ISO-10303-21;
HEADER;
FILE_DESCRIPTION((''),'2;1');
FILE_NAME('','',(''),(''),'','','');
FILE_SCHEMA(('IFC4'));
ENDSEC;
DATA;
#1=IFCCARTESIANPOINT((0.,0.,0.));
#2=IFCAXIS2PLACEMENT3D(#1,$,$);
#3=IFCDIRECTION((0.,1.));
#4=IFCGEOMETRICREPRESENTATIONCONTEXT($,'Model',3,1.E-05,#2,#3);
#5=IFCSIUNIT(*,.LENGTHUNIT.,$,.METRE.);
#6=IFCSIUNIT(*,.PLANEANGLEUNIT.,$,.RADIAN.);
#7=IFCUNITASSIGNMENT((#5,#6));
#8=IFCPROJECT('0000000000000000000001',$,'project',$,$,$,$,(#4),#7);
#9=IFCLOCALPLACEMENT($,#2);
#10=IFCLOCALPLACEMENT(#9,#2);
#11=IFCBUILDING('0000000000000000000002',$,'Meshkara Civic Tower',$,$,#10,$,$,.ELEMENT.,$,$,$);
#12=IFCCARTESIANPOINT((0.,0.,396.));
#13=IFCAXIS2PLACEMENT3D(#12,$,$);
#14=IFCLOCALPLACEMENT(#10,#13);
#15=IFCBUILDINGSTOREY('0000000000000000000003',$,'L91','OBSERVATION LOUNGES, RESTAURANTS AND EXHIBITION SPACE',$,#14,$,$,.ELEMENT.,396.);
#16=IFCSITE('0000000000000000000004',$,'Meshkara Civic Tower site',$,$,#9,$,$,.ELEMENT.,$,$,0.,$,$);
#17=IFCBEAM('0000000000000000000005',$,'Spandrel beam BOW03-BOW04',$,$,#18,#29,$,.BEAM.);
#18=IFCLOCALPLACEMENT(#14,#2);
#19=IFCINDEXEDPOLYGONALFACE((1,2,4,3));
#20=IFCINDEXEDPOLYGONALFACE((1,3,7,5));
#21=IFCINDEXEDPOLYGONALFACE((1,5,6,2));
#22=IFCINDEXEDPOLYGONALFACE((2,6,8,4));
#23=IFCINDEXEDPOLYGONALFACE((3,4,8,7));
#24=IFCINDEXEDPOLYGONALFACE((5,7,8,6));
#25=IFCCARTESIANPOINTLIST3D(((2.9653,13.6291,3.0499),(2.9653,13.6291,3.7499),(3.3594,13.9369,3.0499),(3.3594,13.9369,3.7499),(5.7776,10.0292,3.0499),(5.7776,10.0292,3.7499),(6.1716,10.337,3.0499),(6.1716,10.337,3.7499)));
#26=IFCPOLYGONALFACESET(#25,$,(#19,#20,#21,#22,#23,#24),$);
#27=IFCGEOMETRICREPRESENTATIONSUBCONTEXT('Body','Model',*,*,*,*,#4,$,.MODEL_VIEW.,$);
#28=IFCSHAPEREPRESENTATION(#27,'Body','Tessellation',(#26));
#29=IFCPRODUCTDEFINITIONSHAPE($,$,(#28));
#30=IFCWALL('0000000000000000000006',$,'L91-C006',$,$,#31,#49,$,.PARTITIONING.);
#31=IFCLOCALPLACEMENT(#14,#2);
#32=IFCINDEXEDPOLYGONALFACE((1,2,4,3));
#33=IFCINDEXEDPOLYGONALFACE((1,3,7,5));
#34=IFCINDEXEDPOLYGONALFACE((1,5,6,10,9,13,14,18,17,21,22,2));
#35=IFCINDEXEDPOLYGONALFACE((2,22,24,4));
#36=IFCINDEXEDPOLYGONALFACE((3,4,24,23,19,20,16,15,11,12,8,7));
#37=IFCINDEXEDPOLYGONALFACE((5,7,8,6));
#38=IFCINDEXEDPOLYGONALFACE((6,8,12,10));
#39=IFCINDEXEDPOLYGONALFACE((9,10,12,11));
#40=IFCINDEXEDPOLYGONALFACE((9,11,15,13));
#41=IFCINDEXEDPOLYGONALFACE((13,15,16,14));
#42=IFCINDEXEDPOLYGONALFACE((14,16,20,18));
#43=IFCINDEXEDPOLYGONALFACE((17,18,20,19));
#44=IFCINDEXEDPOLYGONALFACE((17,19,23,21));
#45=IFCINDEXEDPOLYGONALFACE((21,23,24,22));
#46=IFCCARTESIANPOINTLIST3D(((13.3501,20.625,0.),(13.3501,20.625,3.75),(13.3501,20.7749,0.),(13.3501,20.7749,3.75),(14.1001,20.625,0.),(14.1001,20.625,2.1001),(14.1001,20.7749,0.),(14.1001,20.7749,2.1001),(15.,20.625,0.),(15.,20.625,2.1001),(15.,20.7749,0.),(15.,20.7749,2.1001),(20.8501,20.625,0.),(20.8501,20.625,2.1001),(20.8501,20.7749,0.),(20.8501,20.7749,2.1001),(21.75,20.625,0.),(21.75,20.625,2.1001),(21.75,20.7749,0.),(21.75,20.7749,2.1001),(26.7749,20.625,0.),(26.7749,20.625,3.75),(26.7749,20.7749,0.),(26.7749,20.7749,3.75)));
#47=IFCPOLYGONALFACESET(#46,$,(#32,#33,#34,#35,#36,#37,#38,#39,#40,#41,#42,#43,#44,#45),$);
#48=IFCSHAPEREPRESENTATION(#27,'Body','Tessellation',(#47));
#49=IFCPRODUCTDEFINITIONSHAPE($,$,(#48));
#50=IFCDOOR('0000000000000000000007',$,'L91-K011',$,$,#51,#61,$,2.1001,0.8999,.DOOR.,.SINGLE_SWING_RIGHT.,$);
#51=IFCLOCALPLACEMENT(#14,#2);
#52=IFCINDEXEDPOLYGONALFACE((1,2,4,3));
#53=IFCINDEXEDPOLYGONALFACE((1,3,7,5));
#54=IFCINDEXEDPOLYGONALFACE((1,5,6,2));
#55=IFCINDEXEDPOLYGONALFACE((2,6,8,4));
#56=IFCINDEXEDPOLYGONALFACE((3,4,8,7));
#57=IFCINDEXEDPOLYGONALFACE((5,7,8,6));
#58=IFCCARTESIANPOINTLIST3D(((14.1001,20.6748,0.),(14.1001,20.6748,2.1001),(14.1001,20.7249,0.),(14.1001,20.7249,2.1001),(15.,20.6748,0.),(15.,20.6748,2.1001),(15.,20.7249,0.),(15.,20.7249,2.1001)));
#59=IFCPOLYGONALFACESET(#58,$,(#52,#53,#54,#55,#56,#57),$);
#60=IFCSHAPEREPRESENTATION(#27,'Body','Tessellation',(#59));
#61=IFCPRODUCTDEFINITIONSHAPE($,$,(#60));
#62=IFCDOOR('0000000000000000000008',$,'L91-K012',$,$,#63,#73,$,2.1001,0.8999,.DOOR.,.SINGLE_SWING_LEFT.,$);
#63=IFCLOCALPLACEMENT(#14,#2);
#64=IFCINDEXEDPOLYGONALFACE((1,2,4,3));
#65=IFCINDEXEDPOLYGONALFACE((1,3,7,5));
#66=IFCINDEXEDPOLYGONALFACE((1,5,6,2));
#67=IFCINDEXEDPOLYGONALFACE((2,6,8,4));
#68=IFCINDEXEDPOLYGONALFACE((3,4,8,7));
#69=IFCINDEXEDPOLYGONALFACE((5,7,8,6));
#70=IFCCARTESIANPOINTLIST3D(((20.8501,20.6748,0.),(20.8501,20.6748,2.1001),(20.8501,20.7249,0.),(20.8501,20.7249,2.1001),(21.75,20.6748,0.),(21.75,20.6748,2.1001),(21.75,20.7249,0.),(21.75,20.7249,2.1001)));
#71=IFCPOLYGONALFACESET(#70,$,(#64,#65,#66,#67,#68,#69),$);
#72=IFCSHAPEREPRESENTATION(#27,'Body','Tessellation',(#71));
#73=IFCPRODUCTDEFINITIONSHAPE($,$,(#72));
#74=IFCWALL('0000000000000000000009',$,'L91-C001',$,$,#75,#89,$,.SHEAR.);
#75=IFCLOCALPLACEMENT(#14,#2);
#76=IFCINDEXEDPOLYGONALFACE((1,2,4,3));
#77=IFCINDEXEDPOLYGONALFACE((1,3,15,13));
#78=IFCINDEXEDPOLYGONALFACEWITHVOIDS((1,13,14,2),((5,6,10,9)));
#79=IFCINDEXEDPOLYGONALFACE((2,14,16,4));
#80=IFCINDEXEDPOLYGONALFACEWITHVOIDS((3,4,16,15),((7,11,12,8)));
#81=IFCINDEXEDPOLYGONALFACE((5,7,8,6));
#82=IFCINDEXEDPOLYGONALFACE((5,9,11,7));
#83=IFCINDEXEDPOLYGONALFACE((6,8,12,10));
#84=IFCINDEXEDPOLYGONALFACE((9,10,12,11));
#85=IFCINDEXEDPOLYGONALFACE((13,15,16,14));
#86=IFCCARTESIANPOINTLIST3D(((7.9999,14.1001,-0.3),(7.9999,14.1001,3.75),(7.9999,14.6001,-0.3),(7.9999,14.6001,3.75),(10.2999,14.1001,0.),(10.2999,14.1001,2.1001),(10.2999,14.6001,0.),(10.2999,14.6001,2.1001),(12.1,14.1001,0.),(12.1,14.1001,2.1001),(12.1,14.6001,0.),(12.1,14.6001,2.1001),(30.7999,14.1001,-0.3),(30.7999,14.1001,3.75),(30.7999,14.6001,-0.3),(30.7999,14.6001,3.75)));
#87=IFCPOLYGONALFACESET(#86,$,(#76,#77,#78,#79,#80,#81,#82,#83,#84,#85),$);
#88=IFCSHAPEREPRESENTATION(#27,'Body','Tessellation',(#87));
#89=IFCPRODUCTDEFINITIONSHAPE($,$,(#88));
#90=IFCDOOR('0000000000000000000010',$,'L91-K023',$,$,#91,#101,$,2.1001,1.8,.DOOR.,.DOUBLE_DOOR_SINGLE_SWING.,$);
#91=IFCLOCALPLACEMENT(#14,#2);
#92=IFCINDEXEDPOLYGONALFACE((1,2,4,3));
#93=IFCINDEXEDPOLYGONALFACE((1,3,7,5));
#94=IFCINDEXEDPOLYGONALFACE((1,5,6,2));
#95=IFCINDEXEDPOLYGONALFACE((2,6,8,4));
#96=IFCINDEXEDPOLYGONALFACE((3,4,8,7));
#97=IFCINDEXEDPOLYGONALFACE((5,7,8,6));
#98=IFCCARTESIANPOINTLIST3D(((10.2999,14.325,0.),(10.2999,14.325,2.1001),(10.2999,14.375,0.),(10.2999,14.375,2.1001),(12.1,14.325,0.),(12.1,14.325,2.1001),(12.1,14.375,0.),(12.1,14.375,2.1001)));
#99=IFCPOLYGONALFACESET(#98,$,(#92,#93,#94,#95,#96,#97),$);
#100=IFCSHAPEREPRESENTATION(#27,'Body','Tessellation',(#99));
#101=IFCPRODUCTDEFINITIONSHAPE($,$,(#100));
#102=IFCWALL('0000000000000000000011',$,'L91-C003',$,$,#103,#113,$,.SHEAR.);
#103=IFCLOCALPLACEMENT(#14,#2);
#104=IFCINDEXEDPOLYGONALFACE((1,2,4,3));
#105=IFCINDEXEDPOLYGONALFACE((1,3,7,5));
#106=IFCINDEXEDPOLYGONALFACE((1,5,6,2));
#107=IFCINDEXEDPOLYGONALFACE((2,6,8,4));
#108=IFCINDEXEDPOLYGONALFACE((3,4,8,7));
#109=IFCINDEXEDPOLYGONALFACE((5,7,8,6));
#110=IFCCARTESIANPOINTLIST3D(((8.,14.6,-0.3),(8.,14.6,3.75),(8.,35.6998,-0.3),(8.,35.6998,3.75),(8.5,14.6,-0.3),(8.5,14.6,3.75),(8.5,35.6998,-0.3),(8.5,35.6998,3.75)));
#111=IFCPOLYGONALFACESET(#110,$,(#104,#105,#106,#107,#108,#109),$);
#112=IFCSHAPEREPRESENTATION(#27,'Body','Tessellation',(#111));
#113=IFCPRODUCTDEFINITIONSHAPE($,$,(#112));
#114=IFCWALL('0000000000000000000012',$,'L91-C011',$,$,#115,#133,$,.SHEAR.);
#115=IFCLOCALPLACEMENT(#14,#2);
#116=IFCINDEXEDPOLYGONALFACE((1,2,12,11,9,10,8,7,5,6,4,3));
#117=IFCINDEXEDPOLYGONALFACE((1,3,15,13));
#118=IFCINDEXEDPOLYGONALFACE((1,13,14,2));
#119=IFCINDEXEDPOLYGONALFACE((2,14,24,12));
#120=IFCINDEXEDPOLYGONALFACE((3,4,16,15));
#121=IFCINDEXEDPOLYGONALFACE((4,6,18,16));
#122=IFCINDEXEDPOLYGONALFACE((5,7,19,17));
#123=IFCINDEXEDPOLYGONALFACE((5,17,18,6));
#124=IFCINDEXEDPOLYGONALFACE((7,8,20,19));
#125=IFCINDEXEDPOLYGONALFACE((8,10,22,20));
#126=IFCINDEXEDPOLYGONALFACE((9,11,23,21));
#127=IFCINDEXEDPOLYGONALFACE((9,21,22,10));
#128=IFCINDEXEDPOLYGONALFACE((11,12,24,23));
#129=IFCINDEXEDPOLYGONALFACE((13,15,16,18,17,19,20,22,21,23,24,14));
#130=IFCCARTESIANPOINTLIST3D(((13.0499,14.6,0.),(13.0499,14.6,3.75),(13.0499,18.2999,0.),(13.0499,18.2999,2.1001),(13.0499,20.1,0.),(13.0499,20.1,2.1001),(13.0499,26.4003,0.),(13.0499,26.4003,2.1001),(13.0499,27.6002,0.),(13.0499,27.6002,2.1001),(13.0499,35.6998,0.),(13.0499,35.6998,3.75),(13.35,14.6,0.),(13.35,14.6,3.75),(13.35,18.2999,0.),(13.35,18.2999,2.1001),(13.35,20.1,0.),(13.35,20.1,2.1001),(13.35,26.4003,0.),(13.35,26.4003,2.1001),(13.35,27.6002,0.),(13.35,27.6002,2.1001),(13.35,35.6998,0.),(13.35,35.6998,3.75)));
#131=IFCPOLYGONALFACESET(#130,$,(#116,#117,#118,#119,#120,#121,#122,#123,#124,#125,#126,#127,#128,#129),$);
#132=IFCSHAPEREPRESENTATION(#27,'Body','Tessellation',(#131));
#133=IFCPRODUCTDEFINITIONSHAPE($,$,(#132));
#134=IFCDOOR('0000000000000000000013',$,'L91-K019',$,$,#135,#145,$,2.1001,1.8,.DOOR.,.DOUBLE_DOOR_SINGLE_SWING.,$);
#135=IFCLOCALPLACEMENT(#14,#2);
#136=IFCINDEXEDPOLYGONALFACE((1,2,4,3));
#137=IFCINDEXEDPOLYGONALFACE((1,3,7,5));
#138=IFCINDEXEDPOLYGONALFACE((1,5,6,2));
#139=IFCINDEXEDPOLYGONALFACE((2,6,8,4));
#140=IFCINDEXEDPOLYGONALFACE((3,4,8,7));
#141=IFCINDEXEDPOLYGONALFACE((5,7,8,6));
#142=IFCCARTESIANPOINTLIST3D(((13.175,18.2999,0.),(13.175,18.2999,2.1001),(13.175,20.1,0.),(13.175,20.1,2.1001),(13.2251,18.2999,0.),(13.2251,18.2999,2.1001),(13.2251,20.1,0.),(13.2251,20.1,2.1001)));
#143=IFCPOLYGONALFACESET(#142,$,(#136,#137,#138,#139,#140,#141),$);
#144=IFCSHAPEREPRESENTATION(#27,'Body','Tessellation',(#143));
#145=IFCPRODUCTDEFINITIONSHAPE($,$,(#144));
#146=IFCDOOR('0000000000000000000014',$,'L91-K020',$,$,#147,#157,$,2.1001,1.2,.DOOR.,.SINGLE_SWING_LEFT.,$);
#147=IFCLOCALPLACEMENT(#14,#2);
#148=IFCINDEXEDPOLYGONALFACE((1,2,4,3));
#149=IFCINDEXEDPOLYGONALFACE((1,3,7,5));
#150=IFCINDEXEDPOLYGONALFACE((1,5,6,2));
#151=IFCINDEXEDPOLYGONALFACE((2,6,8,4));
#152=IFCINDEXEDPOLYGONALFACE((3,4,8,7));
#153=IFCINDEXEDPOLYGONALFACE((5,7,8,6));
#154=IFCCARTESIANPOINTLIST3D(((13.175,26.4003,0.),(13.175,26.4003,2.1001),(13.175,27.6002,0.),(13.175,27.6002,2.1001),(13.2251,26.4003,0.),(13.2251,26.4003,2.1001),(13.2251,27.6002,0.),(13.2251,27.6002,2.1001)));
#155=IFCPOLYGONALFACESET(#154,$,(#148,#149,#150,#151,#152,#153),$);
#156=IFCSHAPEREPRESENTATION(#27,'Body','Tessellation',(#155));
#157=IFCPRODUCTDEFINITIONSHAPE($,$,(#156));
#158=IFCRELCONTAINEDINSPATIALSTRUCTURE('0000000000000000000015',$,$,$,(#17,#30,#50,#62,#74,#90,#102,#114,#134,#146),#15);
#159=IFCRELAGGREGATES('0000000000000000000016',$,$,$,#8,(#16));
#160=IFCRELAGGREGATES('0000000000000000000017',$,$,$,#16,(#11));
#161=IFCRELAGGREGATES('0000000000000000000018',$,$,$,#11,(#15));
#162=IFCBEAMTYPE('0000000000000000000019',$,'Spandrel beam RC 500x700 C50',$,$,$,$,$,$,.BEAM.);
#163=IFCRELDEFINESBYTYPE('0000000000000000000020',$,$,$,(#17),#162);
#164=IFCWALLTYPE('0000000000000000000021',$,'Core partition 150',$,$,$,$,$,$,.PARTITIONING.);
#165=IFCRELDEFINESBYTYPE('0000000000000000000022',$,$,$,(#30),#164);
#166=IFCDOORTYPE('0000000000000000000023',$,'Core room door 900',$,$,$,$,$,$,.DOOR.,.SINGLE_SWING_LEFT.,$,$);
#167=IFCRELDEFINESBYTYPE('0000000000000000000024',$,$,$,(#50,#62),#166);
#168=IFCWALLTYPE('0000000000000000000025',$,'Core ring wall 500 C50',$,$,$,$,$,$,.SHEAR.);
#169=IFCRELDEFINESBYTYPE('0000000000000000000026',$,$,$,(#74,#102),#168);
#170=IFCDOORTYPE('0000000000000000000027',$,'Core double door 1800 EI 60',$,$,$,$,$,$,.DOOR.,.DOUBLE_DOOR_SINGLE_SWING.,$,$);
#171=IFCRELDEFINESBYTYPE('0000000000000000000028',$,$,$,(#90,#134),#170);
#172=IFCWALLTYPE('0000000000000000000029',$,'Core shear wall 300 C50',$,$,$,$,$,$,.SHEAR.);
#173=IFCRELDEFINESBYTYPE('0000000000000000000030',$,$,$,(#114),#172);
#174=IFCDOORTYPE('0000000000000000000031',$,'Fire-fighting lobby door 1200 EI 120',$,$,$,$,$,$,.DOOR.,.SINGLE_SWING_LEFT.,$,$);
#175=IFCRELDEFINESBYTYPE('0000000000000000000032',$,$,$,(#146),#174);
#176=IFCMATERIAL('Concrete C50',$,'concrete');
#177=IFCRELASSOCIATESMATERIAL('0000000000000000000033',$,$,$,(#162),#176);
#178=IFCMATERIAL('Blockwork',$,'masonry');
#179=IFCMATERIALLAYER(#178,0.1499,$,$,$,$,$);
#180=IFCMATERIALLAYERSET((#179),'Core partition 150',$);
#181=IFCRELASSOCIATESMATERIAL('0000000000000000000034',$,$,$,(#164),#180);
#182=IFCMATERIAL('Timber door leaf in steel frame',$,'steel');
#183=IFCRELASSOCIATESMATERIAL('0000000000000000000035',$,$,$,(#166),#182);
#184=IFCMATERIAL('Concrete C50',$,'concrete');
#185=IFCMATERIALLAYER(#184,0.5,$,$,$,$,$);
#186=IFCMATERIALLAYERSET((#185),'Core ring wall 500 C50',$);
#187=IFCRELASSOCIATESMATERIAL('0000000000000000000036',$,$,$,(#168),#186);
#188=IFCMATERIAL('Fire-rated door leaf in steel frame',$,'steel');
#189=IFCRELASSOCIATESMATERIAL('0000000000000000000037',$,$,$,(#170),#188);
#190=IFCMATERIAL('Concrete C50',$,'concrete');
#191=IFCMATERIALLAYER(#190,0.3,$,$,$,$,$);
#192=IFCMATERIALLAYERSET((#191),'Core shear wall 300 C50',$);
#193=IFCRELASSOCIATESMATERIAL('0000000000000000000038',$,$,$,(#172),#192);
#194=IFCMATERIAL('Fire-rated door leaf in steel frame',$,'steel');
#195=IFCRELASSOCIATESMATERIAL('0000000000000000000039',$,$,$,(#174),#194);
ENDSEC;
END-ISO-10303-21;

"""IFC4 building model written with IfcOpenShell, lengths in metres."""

from ifc_helpers import new_model, si_unit, direction, frame, frame_2d, origin, origin_2d, place, context, subcontext, project, spatial, rectangle, extrude, material, layer, layer_set, material_profile, profile_set, type_object, element, fill, save


model = new_model("IFC4")

# Units and contexts
model_context = context("Model", 3, precision=1e-05, world=origin(), true_north=direction((0.0, 1.0)))
body_context = subcontext(model_context, "Body", "Model", "MODEL_VIEW")
ifc_project = project(units=[si_unit("LENGTHUNIT", "METRE"), si_unit("PLANEANGLEUNIT", "RADIAN")], contexts=[model_context])

# Site, building, storey
site_placement = place(None, origin())
site = spatial("IfcSite", under=ifc_project, at=site_placement, Name="Meshkara Civic Tower site", CompositionType="ELEMENT", RefElevation=0.0)
building_placement = place(site_placement, origin())
building = spatial("IfcBuilding", under=site, at=building_placement, Name="Meshkara Civic Tower", CompositionType="ELEMENT")
storey_placement = place(building_placement, frame((0.0, 0.0, 396.0)))
storey = spatial("IfcBuildingStorey", under=building, at=storey_placement, Name="L91", Description="OBSERVATION LOUNGES, RESTAURANTS AND EXHIBITION SPACE", CompositionType="ELEMENT", Elevation=396.0)

# Beam
ifc_material_1 = material(Name="Concrete C50", Category="concrete")
ifc_material_profile = material_profile(ifc_material_1, rectangle(XDim=0.5, YDim=0.7, at=origin_2d()))
ifc_profile_set = profile_set([ifc_material_profile], Name="Concrete C50")
beam_type = type_object("IfcBeamType", Name="Spandrel beam RC 500x700 C50", PredefinedType="BEAM", material=ifc_profile_set)
beam_placement = place(storey_placement, frame((3.1624, 13.783, 3.3999), z_axis=(0.615626, -0.788038, 0.0), x_axis=(0.788038, 0.615626, 0.0)))
element("IfcBeam", 1, at=beam_placement, inside=storey, type_object=beam_type, Name="Spandrel beam BOW03-BOW04", PredefinedType="BEAM", context=body_context, shape_type="SweptSolid", body=[
    extrude(rectangle(XDim=0.5, YDim=0.7, at=origin_2d()), origin(), (0.0, 0.0, 1.0), 4.5681),
])

# Wall, openings, doors
ifc_material_2 = material(Name="Blockwork", Category="masonry")
ifc_layer_1 = layer(ifc_material_2, 0.1499)
ifc_layer_set_1 = layer_set([ifc_layer_1], Name="Core partition 150")
wall_type_1 = type_object("IfcWallType", Name="Core partition 150", PredefinedType="PARTITIONING", material=ifc_layer_set_1)
wall_1_placement = place(storey_placement, frame((13.3501, 20.7, 0.0), z_axis=(0.0, 0.0, 1.0), x_axis=(1.0, 0.0, 0.0)))
wall_1 = element("IfcWall", 2, at=wall_1_placement, inside=storey, type_object=wall_type_1, Name="L91-C006", PredefinedType="PARTITIONING", context=body_context, shape_type="SweptSolid", body=[
    extrude(rectangle(XDim=13.4248, YDim=0.1499, at=frame_2d((6.7124, 0.0))), origin(), (0.0, 0.0, 1.0), 3.75),
])
opening_1_placement = place(wall_1_placement, frame((0.75, 0.0, 0.0)))
opening_1 = element("IfcOpeningElement", 3, at=opening_1_placement, cuts=wall_1, PredefinedType="OPENING", context=body_context, shape_type="SweptSolid", body=[
    extrude(rectangle(XDim=0.8999, YDim=2.1001, at=frame_2d((0.45, 1.05))), frame((0.0, 0.085, 0.0), z_axis=(0.0, -1.0, 0.0), x_axis=(1.0, 0.0, 0.0)), (0.0, 0.0, 1.0), 0.1699),
])
opening_2_placement = place(wall_1_placement, frame((7.5, 0.0, 0.0)))
opening_2 = element("IfcOpeningElement", 4, at=opening_2_placement, cuts=wall_1, PredefinedType="OPENING", context=body_context, shape_type="SweptSolid", body=[
    extrude(rectangle(XDim=0.8999, YDim=2.1001, at=frame_2d((0.45, 1.05))), frame((0.0, 0.085, 0.0), z_axis=(0.0, -1.0, 0.0), x_axis=(1.0, 0.0, 0.0)), (0.0, 0.0, 1.0), 0.1699),
])
ifc_material_3 = material(Name="Timber door leaf in steel frame", Category="steel")
door_type_1 = type_object("IfcDoorType", Name="Core room door 900", OperationType="SINGLE_SWING_LEFT", PredefinedType="DOOR", material=ifc_material_3)
door_1_placement = place(opening_1_placement, origin())
door_1 = element("IfcDoor", 5, at=door_1_placement, inside=storey, type_object=door_type_1, Name="L91-K011", OperationType="SINGLE_SWING_RIGHT", OverallHeight=2.1001, OverallWidth=0.8999, PredefinedType="DOOR", context=body_context, shape_type="SweptSolid", body=[
    extrude(rectangle(XDim=0.8999, YDim=2.1001, at=frame_2d((0.45, 1.05))), frame((0.0, 0.0249, 0.0), z_axis=(0.0, -1.0, 0.0), x_axis=(1.0, 0.0, 0.0)), (0.0, 0.0, 1.0), 0.05),
])
fill(opening_1, door_1)
door_2_placement = place(opening_2_placement, origin())
door_2 = element("IfcDoor", 6, at=door_2_placement, inside=storey, type_object=door_type_1, Name="L91-K012", OperationType="SINGLE_SWING_LEFT", OverallHeight=2.1001, OverallWidth=0.8999, PredefinedType="DOOR", context=body_context, shape_type="SweptSolid", body=[
    extrude(rectangle(XDim=0.8999, YDim=2.1001, at=frame_2d((0.45, 1.05))), frame((0.0, 0.0249, 0.0), z_axis=(0.0, -1.0, 0.0), x_axis=(1.0, 0.0, 0.0)), (0.0, 0.0, 1.0), 0.05),
])
fill(opening_2, door_2)

# Wall, opening, door
ifc_material_4 = material(Name="Concrete C50", Category="concrete")
ifc_layer_2 = layer(ifc_material_4, 0.5)
ifc_layer_set_2 = layer_set([ifc_layer_2], Name="Core ring wall 500 C50")
wall_type_2 = type_object("IfcWallType", Name="Core ring wall 500 C50", PredefinedType="SHEAR", material=ifc_layer_set_2)
wall_2_placement = place(storey_placement, frame((8.0, 14.3501, -0.3), z_axis=(0.0, 0.0, 1.0), x_axis=(1.0, 0.0, 0.0)))
wall_2 = element("IfcWall", 7, at=wall_2_placement, inside=storey, type_object=wall_type_2, Name="L91-C001", PredefinedType="SHEAR", context=body_context, shape_type="SweptSolid", body=[
    extrude(rectangle(XDim=22.8, YDim=0.5, at=frame_2d((11.3999, 0.0))), origin(), (0.0, 0.0, 1.0), 4.05),
])
opening_3_placement = place(wall_2_placement, frame((2.3, 0.0, 0.3)))
opening_3 = element("IfcOpeningElement", 8, at=opening_3_placement, cuts=wall_2, PredefinedType="OPENING", context=body_context, shape_type="SweptSolid", body=[
    extrude(rectangle(XDim=1.8, YDim=2.1001, at=frame_2d((0.8999, 1.05))), frame((0.0, 0.26, 0.0), z_axis=(0.0, -1.0, 0.0), x_axis=(1.0, 0.0, 0.0)), (0.0, 0.0, 1.0), 0.52),
])
ifc_material_5 = material(Name="Fire-rated door leaf in steel frame", Category="steel")
door_type_2 = type_object("IfcDoorType", Name="Core double door 1800 EI 60", OperationType="DOUBLE_DOOR_SINGLE_SWING", PredefinedType="DOOR", material=ifc_material_5)
door_3_placement = place(opening_3_placement, origin())
door_3 = element("IfcDoor", 9, at=door_3_placement, inside=storey, type_object=door_type_2, Name="L91-K023", OperationType="DOUBLE_DOOR_SINGLE_SWING", OverallHeight=2.1001, OverallWidth=1.8, PredefinedType="DOOR", context=body_context, shape_type="SweptSolid", body=[
    extrude(rectangle(XDim=1.8, YDim=2.1001, at=frame_2d((0.8999, 1.05))), frame((0.0, 0.0249, 0.0), z_axis=(0.0, -1.0, 0.0), x_axis=(1.0, 0.0, 0.0)), (0.0, 0.0, 1.0), 0.05),
])
fill(opening_3, door_3)

# Wall
wall_3_placement = place(storey_placement, frame((8.25, 14.6001, -0.3), z_axis=(0.0, 0.0, 1.0), x_axis=(0.0, 1.0, 0.0)))
element("IfcWall", 10, at=wall_3_placement, inside=storey, type_object=wall_type_2, Name="L91-C003", PredefinedType="SHEAR", context=body_context, shape_type="SweptSolid", body=[
    extrude(rectangle(XDim=21.0999, YDim=0.5, at=frame_2d((10.5498, 0.0))), origin(), (0.0, 0.0, 1.0), 4.05),
])

# Wall, openings, doors
ifc_material_6 = material(Name="Concrete C50", Category="concrete")
ifc_layer_3 = layer(ifc_material_6, 0.3)
ifc_layer_set_3 = layer_set([ifc_layer_3], Name="Core shear wall 300 C50")
wall_type_3 = type_object("IfcWallType", Name="Core shear wall 300 C50", PredefinedType="SHEAR", material=ifc_layer_set_3)
wall_4_placement = place(storey_placement, frame((13.2, 14.6001, 0.0), z_axis=(0.0, 0.0, 1.0), x_axis=(0.0, 1.0, 0.0)))
wall_4 = element("IfcWall", 11, at=wall_4_placement, inside=storey, type_object=wall_type_3, Name="L91-C011", PredefinedType="SHEAR", context=body_context, shape_type="SweptSolid", body=[
    extrude(rectangle(XDim=21.0999, YDim=0.3, at=frame_2d((10.5498, 0.0))), origin(), (0.0, 0.0, 1.0), 3.75),
])
opening_4_placement = place(wall_4_placement, frame((3.7, 0.0, 0.0)))
opening_4 = element("IfcOpeningElement", 12, at=opening_4_placement, cuts=wall_4, PredefinedType="OPENING", context=body_context, shape_type="SweptSolid", body=[
    extrude(rectangle(XDim=1.8, YDim=2.1001, at=frame_2d((0.8999, 1.05))), frame((0.0, 0.1599, 0.0), z_axis=(0.0, -1.0, 0.0), x_axis=(1.0, 0.0, 0.0)), (0.0, 0.0, 1.0), 0.3201),
])
opening_5_placement = place(wall_4_placement, frame((11.8, 0.0, 0.0)))
opening_5 = element("IfcOpeningElement", 13, at=opening_5_placement, cuts=wall_4, PredefinedType="OPENING", context=body_context, shape_type="SweptSolid", body=[
    extrude(rectangle(XDim=1.2, YDim=2.1001, at=frame_2d((0.6001, 1.05))), frame((0.0, 0.1599, 0.0), z_axis=(0.0, -1.0, 0.0), x_axis=(1.0, 0.0, 0.0)), (0.0, 0.0, 1.0), 0.3201),
])
door_4_placement = place(opening_4_placement, origin())
door_4 = element("IfcDoor", 14, at=door_4_placement, inside=storey, type_object=door_type_2, Name="L91-K019", OperationType="DOUBLE_DOOR_SINGLE_SWING", OverallHeight=2.1001, OverallWidth=1.8, PredefinedType="DOOR", context=body_context, shape_type="SweptSolid", body=[
    extrude(rectangle(XDim=1.8, YDim=2.1001, at=frame_2d((0.8999, 1.05))), frame((0.0, 0.0249, 0.0), z_axis=(0.0, -1.0, 0.0), x_axis=(1.0, 0.0, 0.0)), (0.0, 0.0, 1.0), 0.05),
])
fill(opening_4, door_4)
ifc_material_7 = material(Name="Fire-rated door leaf in steel frame", Category="steel")
door_type_3 = type_object("IfcDoorType", Name="Fire-fighting lobby door 1200 EI 120", OperationType="SINGLE_SWING_LEFT", PredefinedType="DOOR", material=ifc_material_7)
door_5_placement = place(opening_5_placement, origin())
door_5 = element("IfcDoor", 15, at=door_5_placement, inside=storey, type_object=door_type_3, Name="L91-K020", OperationType="SINGLE_SWING_LEFT", OverallHeight=2.1001, OverallWidth=1.2, PredefinedType="DOOR", context=body_context, shape_type="SweptSolid", body=[
    extrude(rectangle(XDim=1.2, YDim=2.1001, at=frame_2d((0.6001, 1.05))), frame((0.0, 0.0249, 0.0), z_axis=(0.0, -1.0, 0.0), x_axis=(1.0, 0.0, 0.0)), (0.0, 0.0, 1.0), 0.05),
])
fill(opening_5, door_5)

save(model, "model.ifc")
